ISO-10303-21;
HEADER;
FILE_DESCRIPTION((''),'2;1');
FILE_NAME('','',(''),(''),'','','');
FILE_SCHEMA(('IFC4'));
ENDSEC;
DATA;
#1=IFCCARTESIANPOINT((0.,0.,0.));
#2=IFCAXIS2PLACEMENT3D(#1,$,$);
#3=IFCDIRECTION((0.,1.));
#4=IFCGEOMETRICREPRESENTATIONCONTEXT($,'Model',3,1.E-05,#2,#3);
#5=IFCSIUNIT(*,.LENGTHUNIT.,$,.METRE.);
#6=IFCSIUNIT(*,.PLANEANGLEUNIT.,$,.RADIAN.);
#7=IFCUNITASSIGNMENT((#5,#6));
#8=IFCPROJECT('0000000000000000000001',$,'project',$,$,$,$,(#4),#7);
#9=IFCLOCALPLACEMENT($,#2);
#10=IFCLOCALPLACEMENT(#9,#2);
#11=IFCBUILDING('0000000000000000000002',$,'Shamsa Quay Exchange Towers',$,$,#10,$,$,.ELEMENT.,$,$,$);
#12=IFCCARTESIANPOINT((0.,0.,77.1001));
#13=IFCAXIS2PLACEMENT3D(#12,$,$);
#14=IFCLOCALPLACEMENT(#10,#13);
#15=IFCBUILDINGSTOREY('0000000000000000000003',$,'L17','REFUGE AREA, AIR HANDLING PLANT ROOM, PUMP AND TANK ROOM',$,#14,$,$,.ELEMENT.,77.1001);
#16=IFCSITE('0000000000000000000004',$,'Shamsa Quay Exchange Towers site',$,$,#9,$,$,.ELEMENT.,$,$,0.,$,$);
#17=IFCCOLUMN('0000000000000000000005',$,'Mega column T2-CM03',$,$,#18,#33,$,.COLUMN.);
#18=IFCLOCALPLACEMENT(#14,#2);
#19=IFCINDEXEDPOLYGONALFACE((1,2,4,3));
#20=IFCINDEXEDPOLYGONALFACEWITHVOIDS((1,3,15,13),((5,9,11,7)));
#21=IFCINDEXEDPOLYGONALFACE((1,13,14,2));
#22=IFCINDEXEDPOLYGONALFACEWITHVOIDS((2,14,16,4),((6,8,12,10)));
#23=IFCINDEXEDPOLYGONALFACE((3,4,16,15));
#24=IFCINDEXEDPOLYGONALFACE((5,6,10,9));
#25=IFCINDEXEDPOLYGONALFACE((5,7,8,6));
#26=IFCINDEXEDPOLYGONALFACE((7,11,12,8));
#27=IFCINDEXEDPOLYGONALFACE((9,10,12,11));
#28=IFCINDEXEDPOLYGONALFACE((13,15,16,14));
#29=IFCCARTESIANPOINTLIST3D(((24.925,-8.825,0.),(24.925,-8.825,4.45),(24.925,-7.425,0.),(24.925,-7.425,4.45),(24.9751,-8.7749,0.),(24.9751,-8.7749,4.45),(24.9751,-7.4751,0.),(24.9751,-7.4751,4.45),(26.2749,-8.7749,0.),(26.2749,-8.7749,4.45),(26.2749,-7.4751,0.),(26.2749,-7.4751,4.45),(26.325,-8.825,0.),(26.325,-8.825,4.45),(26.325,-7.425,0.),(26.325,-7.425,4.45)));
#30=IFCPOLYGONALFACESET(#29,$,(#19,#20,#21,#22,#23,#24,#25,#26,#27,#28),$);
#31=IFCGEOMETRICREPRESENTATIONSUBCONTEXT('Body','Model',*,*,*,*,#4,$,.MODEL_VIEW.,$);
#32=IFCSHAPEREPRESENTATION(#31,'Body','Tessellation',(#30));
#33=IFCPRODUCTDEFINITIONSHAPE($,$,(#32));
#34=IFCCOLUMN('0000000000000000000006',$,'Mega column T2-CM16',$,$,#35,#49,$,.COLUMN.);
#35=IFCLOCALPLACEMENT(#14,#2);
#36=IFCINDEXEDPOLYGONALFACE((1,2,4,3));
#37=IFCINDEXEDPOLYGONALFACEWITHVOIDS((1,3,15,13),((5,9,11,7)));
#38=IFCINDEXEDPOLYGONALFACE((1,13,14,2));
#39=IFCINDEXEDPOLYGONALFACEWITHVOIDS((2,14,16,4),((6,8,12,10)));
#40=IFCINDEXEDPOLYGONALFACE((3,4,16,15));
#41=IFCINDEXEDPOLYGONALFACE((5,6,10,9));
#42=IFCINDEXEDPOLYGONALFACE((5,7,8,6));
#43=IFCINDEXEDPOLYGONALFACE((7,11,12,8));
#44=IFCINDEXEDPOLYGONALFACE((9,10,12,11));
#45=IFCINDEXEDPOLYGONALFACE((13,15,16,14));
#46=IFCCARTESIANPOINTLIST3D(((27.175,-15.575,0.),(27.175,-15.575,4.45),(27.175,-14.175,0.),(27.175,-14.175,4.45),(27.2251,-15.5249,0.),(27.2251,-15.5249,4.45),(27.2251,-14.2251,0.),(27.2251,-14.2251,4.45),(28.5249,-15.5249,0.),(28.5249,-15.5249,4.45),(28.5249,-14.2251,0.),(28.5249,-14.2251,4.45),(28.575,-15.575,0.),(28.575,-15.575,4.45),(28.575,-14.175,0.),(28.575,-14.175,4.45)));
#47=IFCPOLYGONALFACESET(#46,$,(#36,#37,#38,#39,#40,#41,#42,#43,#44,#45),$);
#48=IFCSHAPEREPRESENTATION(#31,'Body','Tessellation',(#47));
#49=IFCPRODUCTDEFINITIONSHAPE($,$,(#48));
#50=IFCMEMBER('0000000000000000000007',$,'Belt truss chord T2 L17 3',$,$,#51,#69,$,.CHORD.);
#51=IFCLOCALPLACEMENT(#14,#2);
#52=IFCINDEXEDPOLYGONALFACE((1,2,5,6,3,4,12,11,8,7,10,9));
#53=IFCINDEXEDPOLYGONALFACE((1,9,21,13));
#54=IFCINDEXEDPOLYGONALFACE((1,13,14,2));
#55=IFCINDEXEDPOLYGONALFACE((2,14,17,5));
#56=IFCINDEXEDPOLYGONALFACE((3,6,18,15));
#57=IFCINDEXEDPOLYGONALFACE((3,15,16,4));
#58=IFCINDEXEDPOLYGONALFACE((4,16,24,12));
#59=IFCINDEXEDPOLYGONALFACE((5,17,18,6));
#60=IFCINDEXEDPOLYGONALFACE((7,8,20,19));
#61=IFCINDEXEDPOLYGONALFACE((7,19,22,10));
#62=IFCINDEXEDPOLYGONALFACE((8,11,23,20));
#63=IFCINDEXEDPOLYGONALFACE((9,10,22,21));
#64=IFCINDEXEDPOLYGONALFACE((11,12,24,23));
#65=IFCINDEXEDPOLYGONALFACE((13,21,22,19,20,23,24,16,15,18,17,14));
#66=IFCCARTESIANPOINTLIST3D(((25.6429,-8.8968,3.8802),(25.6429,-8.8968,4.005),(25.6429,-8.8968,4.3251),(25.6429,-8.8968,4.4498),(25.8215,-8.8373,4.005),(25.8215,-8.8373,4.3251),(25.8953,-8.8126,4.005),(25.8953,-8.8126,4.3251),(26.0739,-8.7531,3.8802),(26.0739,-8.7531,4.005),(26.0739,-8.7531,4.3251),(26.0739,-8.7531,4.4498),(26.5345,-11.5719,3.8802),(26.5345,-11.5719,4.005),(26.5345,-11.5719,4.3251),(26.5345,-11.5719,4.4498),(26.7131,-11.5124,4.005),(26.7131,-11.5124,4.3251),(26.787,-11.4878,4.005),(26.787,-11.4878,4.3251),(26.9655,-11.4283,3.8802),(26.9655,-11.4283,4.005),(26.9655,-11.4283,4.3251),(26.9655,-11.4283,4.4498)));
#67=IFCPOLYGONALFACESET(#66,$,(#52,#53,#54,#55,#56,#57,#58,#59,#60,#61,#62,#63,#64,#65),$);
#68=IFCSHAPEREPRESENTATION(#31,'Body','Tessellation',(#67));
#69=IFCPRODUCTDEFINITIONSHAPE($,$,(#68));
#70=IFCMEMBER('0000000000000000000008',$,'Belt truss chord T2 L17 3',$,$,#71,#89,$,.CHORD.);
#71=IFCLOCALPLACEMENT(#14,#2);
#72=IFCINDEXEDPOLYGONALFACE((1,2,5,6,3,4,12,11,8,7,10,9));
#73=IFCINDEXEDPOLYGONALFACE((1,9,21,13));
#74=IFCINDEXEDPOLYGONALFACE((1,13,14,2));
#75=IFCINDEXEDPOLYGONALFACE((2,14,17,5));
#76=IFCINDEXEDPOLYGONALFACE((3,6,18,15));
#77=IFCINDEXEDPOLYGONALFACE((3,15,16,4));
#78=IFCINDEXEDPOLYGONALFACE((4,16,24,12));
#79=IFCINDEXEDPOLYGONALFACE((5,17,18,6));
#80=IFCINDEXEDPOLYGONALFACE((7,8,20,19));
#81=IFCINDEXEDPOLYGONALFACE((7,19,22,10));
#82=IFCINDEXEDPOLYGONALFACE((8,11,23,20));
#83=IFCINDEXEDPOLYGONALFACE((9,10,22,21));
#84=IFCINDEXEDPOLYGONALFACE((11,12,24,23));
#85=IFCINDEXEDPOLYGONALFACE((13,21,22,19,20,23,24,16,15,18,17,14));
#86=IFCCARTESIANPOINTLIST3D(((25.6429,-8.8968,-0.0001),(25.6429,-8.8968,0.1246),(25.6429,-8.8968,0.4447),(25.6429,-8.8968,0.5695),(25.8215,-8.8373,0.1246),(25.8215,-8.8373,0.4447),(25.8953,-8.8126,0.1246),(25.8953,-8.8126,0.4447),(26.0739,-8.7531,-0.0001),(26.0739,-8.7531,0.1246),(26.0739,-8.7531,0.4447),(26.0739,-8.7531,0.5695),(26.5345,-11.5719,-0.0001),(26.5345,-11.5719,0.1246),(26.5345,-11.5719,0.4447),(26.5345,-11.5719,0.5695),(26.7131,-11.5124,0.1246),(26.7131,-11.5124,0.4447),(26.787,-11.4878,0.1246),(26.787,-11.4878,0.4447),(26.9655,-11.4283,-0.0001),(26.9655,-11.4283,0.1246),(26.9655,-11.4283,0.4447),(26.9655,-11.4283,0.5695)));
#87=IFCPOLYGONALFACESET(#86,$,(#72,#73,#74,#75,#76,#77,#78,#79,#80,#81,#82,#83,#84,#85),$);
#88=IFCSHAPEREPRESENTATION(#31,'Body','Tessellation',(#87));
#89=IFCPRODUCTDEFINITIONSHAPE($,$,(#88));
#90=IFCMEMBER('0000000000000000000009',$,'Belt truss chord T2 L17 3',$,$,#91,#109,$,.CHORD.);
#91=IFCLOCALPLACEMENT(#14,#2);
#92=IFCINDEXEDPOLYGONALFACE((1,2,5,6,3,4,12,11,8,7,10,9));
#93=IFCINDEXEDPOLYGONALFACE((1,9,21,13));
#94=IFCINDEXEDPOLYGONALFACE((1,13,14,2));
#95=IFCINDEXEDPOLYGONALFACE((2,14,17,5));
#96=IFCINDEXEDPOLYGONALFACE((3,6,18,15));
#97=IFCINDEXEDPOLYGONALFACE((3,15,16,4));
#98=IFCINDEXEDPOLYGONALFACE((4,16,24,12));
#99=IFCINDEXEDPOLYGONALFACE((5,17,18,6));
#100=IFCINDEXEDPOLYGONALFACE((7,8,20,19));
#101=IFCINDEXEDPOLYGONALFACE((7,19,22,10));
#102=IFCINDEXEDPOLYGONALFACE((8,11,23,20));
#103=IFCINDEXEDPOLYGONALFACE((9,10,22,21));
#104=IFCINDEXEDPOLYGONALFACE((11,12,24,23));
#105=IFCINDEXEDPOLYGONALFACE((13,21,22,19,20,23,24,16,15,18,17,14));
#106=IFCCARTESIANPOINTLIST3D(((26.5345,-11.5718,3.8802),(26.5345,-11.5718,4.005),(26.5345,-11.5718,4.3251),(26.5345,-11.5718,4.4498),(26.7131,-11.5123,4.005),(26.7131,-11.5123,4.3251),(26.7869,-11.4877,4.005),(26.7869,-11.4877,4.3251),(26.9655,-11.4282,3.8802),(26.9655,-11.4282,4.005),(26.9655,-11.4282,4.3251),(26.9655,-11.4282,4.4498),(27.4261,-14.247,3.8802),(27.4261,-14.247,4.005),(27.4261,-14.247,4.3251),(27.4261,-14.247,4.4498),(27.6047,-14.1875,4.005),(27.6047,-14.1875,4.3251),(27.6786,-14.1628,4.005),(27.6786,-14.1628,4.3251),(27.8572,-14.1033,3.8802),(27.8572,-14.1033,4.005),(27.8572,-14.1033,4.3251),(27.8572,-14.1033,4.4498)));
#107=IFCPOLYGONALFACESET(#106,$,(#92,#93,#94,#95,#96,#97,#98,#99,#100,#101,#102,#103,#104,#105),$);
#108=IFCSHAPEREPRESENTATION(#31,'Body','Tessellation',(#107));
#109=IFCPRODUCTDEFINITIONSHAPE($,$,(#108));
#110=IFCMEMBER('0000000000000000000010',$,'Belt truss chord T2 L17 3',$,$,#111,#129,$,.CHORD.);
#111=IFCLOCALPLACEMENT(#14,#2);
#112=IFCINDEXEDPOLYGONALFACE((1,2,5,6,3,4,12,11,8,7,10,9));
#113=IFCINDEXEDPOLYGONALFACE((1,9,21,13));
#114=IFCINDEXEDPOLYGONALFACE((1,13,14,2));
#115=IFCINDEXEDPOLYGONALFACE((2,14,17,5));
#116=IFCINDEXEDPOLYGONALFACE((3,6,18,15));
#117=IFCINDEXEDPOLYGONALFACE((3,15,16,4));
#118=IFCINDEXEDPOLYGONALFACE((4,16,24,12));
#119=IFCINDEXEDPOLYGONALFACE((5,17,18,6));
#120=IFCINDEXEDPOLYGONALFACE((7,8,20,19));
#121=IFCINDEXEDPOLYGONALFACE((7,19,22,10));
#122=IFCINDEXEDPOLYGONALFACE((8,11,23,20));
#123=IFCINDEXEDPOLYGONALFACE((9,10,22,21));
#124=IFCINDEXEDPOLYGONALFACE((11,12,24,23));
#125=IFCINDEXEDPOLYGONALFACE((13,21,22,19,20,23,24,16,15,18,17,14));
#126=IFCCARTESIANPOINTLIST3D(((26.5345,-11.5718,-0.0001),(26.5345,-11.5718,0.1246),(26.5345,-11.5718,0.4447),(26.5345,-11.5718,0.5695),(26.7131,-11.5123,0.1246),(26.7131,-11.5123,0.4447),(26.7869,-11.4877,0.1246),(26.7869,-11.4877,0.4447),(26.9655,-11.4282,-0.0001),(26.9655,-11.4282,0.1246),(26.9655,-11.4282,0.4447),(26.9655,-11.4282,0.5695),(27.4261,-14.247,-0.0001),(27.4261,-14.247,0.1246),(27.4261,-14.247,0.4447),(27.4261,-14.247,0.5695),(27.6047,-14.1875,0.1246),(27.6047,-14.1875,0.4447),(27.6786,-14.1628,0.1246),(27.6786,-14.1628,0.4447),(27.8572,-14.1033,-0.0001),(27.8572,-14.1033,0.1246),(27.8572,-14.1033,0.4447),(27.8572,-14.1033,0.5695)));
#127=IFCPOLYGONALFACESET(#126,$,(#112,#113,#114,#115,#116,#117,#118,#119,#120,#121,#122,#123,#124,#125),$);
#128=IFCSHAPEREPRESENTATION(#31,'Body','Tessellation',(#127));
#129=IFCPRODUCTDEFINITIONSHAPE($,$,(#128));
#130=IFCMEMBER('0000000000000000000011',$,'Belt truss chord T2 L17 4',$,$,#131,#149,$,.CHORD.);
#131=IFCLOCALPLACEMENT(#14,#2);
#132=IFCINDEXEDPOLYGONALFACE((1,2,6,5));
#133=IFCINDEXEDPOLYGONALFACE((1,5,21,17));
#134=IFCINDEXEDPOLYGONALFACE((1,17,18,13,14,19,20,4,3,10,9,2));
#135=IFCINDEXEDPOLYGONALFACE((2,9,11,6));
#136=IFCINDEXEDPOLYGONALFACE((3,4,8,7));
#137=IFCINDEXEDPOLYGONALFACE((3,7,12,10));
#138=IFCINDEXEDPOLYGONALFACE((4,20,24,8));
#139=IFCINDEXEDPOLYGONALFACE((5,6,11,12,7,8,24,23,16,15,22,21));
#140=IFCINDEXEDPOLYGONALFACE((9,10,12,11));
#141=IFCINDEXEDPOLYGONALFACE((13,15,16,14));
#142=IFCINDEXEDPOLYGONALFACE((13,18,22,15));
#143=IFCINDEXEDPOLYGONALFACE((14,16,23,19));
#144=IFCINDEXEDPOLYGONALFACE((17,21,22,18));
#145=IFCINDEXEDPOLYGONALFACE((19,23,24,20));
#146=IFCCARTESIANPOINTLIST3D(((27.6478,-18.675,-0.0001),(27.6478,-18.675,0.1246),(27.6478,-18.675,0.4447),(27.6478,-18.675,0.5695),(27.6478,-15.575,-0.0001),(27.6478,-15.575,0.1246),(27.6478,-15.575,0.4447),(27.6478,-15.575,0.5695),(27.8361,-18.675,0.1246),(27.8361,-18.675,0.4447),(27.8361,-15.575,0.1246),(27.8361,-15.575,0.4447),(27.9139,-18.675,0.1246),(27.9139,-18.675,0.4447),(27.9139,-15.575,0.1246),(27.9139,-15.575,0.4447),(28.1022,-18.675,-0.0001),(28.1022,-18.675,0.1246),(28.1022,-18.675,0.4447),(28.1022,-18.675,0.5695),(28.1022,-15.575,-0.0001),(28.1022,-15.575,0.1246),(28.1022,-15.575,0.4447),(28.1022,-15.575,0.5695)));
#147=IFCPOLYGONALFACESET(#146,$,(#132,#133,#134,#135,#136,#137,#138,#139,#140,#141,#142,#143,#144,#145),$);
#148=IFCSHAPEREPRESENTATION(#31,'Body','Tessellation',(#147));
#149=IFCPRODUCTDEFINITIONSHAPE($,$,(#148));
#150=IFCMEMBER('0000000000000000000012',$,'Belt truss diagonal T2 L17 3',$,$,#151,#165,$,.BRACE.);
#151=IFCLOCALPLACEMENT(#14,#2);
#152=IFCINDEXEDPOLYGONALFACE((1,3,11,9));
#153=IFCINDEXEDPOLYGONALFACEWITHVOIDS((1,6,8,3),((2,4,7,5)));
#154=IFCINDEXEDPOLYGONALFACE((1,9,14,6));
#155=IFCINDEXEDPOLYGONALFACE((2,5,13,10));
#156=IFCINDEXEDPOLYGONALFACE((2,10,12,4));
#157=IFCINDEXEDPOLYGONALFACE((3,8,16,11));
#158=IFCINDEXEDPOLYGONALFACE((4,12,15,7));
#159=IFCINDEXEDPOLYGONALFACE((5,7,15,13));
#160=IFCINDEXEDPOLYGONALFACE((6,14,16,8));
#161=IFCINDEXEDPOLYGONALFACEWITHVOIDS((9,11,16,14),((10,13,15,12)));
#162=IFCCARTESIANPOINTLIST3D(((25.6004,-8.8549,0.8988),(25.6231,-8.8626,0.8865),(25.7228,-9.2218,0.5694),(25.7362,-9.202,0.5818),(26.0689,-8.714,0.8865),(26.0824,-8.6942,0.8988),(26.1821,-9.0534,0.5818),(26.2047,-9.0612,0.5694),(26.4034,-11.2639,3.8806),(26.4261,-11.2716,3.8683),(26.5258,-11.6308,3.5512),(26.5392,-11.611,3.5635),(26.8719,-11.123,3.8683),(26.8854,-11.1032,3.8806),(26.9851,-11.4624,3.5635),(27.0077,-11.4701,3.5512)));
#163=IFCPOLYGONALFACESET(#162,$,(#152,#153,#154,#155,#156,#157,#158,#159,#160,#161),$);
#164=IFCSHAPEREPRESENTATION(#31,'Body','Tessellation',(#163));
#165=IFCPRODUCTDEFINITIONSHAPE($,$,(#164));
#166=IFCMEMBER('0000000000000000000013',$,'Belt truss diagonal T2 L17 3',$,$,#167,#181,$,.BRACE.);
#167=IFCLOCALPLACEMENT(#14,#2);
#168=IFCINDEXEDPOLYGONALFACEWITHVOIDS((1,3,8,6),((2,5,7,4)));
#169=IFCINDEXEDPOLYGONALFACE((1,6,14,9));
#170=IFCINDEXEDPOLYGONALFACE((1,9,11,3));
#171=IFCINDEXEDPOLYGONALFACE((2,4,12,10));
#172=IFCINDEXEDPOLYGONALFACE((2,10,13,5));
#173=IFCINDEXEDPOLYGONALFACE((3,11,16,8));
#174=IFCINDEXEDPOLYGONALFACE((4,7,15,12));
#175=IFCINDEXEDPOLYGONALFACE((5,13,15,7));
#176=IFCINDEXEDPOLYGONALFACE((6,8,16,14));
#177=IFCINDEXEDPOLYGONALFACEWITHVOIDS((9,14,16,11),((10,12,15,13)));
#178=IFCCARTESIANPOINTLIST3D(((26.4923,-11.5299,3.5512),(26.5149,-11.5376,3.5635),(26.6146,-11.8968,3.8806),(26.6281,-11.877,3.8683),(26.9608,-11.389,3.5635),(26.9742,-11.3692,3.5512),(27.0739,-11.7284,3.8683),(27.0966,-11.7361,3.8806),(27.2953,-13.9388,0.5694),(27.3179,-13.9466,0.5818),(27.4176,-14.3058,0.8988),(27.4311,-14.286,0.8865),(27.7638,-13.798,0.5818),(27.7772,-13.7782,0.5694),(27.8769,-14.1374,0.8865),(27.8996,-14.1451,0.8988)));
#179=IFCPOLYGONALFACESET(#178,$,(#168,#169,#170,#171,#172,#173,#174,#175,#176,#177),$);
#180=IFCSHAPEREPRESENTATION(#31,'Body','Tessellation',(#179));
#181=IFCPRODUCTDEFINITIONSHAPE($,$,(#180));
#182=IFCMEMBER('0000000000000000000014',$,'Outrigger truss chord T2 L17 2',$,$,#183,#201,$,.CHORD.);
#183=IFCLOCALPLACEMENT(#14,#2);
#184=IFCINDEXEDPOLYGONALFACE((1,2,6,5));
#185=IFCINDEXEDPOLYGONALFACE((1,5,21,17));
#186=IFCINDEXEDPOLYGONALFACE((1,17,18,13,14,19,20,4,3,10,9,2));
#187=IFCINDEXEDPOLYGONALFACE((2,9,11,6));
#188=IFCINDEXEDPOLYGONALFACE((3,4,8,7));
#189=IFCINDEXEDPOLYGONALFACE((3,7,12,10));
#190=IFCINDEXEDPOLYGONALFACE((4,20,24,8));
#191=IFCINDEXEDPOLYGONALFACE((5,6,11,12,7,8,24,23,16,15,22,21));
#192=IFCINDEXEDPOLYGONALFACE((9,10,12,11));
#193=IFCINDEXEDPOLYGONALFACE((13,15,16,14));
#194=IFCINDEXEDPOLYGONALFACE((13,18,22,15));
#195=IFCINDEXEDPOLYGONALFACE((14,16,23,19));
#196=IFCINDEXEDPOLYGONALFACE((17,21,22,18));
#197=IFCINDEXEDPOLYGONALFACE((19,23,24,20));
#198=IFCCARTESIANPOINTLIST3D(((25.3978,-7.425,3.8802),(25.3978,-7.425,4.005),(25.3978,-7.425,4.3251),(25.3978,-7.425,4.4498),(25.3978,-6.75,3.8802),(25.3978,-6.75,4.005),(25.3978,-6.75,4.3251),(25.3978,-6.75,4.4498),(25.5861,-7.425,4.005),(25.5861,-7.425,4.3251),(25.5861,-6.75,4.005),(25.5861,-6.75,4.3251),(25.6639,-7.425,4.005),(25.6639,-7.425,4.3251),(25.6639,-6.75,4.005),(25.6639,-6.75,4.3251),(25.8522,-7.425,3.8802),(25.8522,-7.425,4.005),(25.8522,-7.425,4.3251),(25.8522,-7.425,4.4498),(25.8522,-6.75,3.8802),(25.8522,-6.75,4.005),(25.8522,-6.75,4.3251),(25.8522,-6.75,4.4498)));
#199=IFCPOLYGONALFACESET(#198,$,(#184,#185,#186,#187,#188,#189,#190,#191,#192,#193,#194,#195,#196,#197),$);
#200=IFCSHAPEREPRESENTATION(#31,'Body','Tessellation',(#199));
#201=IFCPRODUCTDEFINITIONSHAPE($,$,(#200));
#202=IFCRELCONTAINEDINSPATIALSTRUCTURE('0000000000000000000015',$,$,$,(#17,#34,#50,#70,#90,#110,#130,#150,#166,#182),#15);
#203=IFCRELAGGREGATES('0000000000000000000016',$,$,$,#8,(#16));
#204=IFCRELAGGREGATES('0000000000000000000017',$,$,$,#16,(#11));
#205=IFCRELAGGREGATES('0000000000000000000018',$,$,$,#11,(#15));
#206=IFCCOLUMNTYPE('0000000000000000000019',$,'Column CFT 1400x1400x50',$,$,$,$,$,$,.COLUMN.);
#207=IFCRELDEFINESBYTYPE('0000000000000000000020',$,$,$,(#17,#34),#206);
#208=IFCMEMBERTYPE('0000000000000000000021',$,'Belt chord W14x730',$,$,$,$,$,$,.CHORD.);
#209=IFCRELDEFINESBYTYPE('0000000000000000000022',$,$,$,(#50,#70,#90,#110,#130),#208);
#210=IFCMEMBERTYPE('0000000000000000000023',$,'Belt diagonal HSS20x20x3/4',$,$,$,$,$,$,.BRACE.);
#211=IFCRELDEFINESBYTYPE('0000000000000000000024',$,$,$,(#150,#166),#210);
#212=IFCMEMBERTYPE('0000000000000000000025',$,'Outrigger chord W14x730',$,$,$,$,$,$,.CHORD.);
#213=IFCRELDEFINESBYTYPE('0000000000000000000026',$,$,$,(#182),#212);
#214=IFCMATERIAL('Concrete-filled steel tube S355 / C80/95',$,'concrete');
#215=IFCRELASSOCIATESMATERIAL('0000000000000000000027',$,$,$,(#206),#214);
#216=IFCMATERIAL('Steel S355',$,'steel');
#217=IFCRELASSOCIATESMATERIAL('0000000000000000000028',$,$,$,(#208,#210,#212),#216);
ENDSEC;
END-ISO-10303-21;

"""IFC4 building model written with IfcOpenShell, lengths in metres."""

from ifc_helpers import new_model, si_unit, direction, frame, origin, origin_2d, place, context, subcontext, project, spatial, hollow_rectangle, i_section, extrude, material, material_profile, profile_set, type_object, element, save


model = new_model("IFC4")

# Units and contexts
model_context = context("Model", 3, precision=1e-05, world=origin(), true_north=direction((0.0, 1.0)))
body_context = subcontext(model_context, "Body", "Model", "MODEL_VIEW")
ifc_project = project(units=[si_unit("LENGTHUNIT", "METRE"), si_unit("PLANEANGLEUNIT", "RADIAN")], contexts=[model_context])

# Site, building, storey
site_placement = place(None, origin())
site = spatial("IfcSite", under=ifc_project, at=site_placement, Name="Shamsa Quay Exchange Towers site", CompositionType="ELEMENT", RefElevation=0.0)
building_placement = place(site_placement, origin())
building = spatial("IfcBuilding", under=site, at=building_placement, Name="Shamsa Quay Exchange Towers", CompositionType="ELEMENT")
storey_placement = place(building_placement, frame((0.0, 0.0, 77.1001)))
storey = spatial("IfcBuildingStorey", under=building, at=storey_placement, Name="L17", Description="REFUGE AREA, AIR HANDLING PLANT ROOM, PUMP AND TANK ROOM", CompositionType="ELEMENT", Elevation=77.1001)

# Columns
ifc_material_1 = material(Name="Concrete-filled steel tube S355 / C80/95", Category="concrete")
ifc_material_profile_1 = material_profile(ifc_material_1, hollow_rectangle(XDim=1.3999, YDim=1.3999, WallThickness=0.05, at=origin_2d()), Name="CFT 1400x1400x50")
ifc_profile_set_1 = profile_set([ifc_material_profile_1], Name="Concrete-filled steel tube S355 / C80/95")
column_type = type_object("IfcColumnType", Name="Column CFT 1400x1400x50", PredefinedType="COLUMN", material=ifc_profile_set_1)
for number, where, name in (
    (1, (25.625, -8.125, 0.0), "Mega column T2-CM03"),
    (2, (27.875, -14.875, 0.0), "Mega column T2-CM16"),
):
    element("IfcColumn", number, at=place(storey_placement, frame(where)), inside=storey, type_object=column_type, Name=name, PredefinedType="COLUMN", context=body_context, shape_type="SweptSolid", body=[
        extrude(hollow_rectangle(XDim=1.3999, YDim=1.3999, WallThickness=0.05, at=origin_2d()), origin(), (0.0, 0.0, 1.0), 4.45),
    ])

# Members
ifc_material_2 = material(Name="Steel S355", Category="steel")
ifc_material_profile_2 = material_profile(ifc_material_2, i_section(OverallWidth=0.4543, OverallDepth=0.5696, WebThickness=0.0779, FlangeThickness=0.1248, at=origin_2d()), Name="W14x730")
ifc_profile_set_2 = profile_set([ifc_material_profile_2], Name="Steel S355")
member_type_1 = type_object("IfcMemberType", Name="Belt chord W14x730", PredefinedType="CHORD", material=ifc_profile_set_2)
for number, where, z_axis, x_axis, name in (
    (3, (25.8584, -8.825, 4.165), (0.316202, -0.948692, 0.0), (0.948692, 0.316202, 0.0), "Belt truss chord T2 L17 3"),
    (4, (25.8584, -8.825, 0.2847), (0.316202, -0.948692, 0.0), (0.948692, 0.316202, 0.0), "Belt truss chord T2 L17 3"),
    (5, (26.75, -11.5, 4.165), (0.316202, -0.948692, 0.0), (0.948692, 0.316202, 0.0), "Belt truss chord T2 L17 3"),
    (6, (26.75, -11.5, 0.2847), (0.316202, -0.948692, 0.0), (0.948692, 0.316202, 0.0), "Belt truss chord T2 L17 3"),
):
    element("IfcMember", number, at=place(storey_placement, frame(where, z_axis=z_axis, x_axis=x_axis)), inside=storey, type_object=member_type_1, Name=name, PredefinedType="CHORD", context=body_context, shape_type="SweptSolid", body=[
        extrude(i_section(OverallWidth=0.4543, OverallDepth=0.5696, WebThickness=0.0779, FlangeThickness=0.1248, at=origin_2d()), origin(), (0.0, 0.0, 1.0), 2.8198),
    ])
member_1_placement = place(storey_placement, frame((27.875, -15.575, 0.2847), z_axis=(0.0, -1.0, 0.0), x_axis=(1.0, 0.0, 0.0)))
element("IfcMember", 7, at=member_1_placement, inside=storey, type_object=member_type_1, Name="Belt truss chord T2 L17 4", PredefinedType="CHORD", context=body_context, shape_type="SweptSolid", body=[
    extrude(i_section(OverallWidth=0.4543, OverallDepth=0.5696, WebThickness=0.0779, FlangeThickness=0.1248, at=origin_2d()), origin(), (0.0, 0.0, 1.0), 3.1001),
])
ifc_material_profile_3 = material_profile(ifc_material_2, hollow_rectangle(XDim=0.5081, YDim=0.5081, WallThickness=0.019, at=origin_2d()), Name="HSS20x20x3/4")
ifc_profile_set_3 = profile_set([ifc_material_profile_3], Name="Steel S355")
member_type_2 = type_object("IfcMemberType", Name="Belt diagonal HSS20x20x3/4", PredefinedType="BRACE", material=ifc_profile_set_3)
for number, where, z_axis, x_axis, name in (
    (8, (25.9026, -8.958, 0.7341), (0.20503, -0.615089, 0.761334), (0.948683, 0.316228, 0.0), "Belt truss diagonal T2 L17 3"),
    (9, (27.5974, -14.042, 0.7341), (-0.20503, 0.615089, 0.761334), (-0.948683, -0.316228, 0.0), "Belt truss diagonal T2 L17 3"),
):
    element("IfcMember", number, at=place(storey_placement, frame(where, z_axis=z_axis, x_axis=x_axis)), inside=storey, type_object=member_type_2, Name=name, PredefinedType="BRACE", context=body_context, shape_type="SweptSolid", body=[
        extrude(hollow_rectangle(XDim=0.5081, YDim=0.5081, WallThickness=0.019, at=origin_2d()), origin(), (0.0, 0.0, 1.0), 3.9165),
    ])
ifc_material_profile_4 = material_profile(ifc_material_2, i_section(OverallWidth=0.4543, OverallDepth=0.5696, WebThickness=0.0779, FlangeThickness=0.1248, at=origin_2d()), Name="W14x730")
ifc_profile_set_4 = profile_set([ifc_material_profile_4], Name="Steel S355")
member_type_3 = type_object("IfcMemberType", Name="Outrigger chord W14x730", PredefinedType="CHORD", material=ifc_profile_set_4)
for number, where, z_axis, x_axis, name in (
    (10, (25.625, -7.425, 4.165), (0.0, 1.0, 0.0), (-1.0, 0.0, 0.0), "Outrigger truss chord T2 L17 2"),
):
    element("IfcMember", number, at=place(storey_placement, frame(where, z_axis=z_axis, x_axis=x_axis)), inside=storey, type_object=member_type_3, Name=name, PredefinedType="CHORD", context=body_context, shape_type="SweptSolid", body=[
        extrude(i_section(OverallWidth=0.4543, OverallDepth=0.5696, WebThickness=0.0779, FlangeThickness=0.1248, at=origin_2d()), origin(), (0.0, 0.0, 1.0), 0.675),
    ])

save(model, "model.ifc")
